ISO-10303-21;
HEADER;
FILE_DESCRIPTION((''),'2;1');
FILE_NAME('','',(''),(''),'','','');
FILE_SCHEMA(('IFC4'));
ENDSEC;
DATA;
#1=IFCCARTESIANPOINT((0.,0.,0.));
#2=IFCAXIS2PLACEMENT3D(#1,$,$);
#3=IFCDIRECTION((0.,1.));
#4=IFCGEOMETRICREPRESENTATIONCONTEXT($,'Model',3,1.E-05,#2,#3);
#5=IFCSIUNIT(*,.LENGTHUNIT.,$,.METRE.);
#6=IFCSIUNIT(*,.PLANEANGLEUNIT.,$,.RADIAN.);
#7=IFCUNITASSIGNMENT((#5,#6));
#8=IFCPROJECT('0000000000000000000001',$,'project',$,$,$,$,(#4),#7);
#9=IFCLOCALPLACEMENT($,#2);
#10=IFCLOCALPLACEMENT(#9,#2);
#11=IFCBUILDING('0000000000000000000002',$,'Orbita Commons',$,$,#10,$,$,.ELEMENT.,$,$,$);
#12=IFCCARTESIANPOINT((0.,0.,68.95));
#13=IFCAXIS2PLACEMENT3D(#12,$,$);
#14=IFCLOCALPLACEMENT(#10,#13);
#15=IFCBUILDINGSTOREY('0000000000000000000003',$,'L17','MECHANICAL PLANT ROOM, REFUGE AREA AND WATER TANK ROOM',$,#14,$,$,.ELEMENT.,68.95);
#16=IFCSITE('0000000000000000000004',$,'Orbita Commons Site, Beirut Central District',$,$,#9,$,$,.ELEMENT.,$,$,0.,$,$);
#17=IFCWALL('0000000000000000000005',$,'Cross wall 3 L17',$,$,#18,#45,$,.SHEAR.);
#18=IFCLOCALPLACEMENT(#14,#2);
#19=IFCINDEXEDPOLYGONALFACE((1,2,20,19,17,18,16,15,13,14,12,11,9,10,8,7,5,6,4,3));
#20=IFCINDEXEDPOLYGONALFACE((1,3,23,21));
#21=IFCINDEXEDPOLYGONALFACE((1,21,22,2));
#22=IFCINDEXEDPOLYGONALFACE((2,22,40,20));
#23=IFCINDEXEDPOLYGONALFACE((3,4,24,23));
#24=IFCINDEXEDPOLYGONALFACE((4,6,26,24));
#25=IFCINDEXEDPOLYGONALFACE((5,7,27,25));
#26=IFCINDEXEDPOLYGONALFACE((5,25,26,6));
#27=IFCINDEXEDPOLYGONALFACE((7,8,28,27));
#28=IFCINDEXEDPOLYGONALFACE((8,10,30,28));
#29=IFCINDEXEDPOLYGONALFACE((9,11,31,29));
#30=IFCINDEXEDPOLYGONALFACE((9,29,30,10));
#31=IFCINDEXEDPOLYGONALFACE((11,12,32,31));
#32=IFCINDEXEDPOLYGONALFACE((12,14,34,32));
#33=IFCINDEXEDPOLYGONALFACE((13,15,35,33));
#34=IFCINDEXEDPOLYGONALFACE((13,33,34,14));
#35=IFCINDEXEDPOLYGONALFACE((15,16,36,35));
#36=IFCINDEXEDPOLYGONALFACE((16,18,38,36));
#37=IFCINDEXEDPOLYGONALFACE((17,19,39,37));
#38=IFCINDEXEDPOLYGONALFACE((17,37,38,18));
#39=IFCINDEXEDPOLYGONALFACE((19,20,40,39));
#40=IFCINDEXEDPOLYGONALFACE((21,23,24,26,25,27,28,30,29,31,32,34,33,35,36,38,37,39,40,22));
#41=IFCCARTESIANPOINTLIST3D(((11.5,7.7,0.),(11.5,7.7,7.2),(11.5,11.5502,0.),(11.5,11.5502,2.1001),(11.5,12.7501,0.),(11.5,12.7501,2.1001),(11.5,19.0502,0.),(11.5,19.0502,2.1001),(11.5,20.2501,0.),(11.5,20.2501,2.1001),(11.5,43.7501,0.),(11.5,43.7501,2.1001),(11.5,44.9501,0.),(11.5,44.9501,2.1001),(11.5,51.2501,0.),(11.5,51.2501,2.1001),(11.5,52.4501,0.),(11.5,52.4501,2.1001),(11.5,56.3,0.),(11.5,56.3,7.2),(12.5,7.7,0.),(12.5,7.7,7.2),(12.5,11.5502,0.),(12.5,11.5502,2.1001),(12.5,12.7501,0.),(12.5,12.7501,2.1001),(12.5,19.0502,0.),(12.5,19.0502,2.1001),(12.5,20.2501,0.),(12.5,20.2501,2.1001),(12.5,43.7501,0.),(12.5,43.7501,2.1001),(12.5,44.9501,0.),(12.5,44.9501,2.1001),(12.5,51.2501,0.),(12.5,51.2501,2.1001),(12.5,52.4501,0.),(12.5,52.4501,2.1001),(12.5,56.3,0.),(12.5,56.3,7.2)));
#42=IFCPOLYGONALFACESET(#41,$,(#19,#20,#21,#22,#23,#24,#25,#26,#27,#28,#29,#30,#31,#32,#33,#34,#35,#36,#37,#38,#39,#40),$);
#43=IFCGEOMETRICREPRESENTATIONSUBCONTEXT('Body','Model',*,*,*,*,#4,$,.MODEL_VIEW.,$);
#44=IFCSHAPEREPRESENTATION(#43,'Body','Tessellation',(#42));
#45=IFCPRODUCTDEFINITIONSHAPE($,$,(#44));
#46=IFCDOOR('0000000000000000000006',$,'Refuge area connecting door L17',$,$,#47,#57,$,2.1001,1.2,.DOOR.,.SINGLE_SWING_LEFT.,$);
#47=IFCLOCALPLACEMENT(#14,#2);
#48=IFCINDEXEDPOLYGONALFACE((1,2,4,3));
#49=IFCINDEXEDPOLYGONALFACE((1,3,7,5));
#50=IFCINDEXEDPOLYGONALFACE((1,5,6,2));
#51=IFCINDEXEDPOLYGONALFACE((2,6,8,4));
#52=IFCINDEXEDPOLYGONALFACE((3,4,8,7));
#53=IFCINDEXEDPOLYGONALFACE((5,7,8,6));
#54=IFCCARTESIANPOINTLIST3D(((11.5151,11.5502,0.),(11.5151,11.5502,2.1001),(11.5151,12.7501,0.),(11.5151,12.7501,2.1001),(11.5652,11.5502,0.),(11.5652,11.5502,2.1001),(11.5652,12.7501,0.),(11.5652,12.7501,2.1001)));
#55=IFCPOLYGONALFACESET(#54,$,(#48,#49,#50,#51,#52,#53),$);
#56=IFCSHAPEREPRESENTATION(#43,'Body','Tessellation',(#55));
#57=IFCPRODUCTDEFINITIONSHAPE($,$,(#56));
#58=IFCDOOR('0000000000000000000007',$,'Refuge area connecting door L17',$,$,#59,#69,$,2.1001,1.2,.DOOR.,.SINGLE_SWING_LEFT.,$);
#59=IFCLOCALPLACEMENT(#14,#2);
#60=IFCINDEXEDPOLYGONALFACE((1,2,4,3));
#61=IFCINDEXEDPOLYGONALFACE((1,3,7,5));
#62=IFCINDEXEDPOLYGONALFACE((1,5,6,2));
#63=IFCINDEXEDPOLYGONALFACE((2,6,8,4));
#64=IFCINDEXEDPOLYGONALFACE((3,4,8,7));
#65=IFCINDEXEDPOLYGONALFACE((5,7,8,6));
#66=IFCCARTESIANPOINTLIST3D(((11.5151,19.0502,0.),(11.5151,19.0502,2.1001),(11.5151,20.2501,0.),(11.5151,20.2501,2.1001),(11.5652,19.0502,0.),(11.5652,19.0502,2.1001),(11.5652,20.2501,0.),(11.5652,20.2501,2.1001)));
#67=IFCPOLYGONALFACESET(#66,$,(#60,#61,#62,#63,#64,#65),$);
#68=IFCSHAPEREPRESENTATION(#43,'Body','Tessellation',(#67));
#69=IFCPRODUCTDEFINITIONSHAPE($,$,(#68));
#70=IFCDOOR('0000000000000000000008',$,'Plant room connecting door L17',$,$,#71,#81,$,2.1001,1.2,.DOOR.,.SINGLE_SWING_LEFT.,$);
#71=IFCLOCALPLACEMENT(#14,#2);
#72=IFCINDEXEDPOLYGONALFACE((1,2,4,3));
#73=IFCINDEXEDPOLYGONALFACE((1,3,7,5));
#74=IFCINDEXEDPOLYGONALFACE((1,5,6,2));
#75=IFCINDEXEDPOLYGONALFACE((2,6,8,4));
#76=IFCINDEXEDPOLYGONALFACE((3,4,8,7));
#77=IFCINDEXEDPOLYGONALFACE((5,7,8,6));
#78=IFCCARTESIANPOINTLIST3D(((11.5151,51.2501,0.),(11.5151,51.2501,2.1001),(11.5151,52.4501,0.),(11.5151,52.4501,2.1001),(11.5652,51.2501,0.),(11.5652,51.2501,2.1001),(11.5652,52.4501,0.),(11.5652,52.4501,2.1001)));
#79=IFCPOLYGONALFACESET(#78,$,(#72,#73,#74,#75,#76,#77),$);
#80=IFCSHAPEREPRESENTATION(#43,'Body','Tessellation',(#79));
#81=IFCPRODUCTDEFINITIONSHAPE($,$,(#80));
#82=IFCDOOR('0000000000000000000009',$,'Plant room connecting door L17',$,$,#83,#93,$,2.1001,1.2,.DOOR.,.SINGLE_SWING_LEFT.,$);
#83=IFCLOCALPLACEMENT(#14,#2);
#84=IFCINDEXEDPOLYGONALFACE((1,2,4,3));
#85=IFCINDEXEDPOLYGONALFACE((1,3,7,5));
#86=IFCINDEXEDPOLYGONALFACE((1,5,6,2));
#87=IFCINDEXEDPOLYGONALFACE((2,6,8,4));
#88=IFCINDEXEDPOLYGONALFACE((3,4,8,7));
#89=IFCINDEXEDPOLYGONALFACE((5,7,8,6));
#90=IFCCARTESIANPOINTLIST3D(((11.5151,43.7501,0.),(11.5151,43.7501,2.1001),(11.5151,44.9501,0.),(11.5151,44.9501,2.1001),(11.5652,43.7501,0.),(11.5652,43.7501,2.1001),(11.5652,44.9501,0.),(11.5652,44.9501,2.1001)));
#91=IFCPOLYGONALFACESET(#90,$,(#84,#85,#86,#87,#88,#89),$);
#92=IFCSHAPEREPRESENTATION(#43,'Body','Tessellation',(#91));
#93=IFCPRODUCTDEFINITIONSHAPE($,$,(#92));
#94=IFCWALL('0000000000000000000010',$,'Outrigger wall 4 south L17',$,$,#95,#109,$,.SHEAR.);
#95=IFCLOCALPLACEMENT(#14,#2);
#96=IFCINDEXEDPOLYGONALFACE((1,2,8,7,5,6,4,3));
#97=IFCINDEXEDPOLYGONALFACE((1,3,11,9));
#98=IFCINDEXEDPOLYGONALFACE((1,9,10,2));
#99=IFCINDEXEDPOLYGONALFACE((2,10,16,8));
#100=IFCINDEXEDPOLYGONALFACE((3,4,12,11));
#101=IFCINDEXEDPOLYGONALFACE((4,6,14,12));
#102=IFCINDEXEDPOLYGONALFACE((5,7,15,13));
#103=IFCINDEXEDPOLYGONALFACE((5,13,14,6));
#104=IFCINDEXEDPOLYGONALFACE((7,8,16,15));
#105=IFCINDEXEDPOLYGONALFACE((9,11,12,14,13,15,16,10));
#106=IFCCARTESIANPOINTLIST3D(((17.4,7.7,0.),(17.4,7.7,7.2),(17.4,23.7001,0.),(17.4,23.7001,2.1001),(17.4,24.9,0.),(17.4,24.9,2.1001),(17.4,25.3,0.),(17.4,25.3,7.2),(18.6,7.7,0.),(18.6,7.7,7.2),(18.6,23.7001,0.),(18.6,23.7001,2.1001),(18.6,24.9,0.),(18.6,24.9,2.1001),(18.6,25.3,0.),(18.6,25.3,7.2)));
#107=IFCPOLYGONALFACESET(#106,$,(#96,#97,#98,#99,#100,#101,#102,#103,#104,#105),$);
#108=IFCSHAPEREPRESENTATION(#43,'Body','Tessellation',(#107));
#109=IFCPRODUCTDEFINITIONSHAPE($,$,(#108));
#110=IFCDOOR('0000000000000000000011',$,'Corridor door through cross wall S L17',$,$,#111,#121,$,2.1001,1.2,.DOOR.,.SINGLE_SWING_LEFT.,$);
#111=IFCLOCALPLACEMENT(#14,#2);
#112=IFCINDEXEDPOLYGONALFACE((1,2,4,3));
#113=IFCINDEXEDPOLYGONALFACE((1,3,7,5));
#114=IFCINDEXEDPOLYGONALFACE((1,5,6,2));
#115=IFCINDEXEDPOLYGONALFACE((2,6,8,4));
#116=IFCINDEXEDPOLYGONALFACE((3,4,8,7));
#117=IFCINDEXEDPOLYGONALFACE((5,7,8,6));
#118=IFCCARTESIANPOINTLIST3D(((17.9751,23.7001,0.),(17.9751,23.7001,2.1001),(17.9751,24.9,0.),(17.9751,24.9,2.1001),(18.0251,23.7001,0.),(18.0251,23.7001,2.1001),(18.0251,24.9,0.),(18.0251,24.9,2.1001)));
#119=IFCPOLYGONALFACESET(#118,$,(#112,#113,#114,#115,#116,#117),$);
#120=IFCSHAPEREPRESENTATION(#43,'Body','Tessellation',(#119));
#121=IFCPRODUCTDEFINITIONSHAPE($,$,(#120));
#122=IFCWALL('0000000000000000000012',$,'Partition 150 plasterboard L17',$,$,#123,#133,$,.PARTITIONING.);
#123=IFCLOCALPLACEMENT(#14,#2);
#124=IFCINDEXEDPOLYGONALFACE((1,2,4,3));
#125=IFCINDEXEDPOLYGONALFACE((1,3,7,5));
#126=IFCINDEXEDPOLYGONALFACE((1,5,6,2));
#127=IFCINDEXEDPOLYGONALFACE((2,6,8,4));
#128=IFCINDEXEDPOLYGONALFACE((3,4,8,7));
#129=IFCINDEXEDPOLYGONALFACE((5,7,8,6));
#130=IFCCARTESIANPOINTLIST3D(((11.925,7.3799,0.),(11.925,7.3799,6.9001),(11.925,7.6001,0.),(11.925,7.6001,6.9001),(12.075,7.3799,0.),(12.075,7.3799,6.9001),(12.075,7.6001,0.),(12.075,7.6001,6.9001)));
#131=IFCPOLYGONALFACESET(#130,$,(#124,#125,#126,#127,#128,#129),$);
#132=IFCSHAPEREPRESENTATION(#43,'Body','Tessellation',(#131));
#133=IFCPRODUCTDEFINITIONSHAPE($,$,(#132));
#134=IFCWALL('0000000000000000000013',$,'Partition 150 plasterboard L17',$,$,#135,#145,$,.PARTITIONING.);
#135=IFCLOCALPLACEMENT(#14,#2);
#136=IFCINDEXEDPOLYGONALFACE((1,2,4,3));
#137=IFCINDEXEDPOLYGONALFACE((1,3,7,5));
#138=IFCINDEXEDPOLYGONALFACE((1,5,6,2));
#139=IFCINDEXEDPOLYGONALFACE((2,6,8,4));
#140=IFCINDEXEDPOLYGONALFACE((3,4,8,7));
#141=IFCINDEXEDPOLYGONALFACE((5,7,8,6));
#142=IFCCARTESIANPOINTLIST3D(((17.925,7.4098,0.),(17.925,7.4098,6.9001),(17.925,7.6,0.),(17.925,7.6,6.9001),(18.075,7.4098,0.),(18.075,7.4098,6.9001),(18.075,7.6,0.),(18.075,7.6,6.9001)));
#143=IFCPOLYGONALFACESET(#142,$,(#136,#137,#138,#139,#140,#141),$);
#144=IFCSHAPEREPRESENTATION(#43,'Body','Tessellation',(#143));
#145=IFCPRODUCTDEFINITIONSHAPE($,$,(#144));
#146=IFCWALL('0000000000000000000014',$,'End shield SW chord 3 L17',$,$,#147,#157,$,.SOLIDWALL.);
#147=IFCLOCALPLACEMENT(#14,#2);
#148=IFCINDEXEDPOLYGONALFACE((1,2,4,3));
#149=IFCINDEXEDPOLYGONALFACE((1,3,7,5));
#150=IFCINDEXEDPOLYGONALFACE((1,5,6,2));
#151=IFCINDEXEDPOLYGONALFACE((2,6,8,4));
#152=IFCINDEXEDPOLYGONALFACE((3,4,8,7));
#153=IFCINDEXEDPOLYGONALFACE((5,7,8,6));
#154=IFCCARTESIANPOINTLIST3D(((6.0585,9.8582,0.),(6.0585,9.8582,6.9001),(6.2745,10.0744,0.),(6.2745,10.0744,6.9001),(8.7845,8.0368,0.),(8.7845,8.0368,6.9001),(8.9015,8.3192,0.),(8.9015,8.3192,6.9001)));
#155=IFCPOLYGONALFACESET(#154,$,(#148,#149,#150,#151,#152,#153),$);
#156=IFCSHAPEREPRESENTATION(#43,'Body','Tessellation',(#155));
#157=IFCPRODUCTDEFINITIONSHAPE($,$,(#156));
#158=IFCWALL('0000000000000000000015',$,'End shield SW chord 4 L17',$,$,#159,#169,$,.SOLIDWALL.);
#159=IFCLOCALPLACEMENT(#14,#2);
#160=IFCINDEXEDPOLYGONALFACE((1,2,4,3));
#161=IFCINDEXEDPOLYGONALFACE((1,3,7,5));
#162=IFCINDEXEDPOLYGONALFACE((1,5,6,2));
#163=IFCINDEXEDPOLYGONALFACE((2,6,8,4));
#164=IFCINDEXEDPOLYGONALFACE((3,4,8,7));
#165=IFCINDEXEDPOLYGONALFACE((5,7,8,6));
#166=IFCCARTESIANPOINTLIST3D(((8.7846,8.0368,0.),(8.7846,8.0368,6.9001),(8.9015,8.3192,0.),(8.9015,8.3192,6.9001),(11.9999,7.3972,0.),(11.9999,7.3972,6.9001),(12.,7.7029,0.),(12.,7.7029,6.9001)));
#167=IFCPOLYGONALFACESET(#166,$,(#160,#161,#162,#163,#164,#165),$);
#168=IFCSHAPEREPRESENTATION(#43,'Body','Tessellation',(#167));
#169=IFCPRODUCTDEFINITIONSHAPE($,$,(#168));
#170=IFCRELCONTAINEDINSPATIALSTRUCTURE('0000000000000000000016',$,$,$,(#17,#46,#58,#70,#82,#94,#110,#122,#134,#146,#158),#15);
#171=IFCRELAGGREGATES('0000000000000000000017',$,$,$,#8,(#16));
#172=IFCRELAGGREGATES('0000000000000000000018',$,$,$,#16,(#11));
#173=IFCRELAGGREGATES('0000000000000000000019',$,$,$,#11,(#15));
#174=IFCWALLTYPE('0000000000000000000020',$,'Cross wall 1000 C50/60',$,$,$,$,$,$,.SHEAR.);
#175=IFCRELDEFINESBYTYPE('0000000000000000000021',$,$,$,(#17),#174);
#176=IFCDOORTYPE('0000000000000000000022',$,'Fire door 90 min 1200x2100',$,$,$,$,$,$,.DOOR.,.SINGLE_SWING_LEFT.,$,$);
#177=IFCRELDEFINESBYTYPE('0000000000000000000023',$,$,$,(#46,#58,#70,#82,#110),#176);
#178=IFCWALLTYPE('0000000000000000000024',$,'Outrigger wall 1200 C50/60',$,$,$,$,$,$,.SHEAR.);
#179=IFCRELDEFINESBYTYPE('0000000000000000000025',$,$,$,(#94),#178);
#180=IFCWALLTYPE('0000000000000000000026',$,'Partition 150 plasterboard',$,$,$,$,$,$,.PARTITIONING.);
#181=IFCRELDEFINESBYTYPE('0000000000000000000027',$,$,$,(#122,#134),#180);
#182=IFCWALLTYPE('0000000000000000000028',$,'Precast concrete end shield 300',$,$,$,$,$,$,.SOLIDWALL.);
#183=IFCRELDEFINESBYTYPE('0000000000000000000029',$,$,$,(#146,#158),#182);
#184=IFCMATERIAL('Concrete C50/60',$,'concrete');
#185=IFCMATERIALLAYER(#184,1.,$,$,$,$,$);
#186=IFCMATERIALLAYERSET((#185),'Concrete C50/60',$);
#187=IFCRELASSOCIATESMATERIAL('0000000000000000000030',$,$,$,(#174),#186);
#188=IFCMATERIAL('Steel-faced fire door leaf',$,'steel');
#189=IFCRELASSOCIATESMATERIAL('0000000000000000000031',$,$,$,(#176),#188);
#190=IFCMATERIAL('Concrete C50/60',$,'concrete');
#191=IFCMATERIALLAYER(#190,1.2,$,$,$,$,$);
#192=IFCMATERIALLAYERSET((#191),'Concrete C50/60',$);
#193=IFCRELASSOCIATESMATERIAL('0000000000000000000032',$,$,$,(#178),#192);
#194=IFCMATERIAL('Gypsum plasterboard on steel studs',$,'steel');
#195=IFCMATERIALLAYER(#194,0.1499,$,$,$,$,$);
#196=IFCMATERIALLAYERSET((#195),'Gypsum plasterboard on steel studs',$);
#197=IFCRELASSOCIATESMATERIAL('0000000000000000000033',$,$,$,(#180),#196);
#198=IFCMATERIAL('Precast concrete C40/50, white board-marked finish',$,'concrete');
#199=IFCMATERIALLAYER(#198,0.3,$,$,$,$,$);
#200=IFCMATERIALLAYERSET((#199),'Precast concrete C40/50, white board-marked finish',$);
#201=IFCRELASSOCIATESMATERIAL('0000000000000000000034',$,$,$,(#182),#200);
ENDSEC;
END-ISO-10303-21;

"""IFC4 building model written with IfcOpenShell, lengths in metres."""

from ifc_helpers import new_model, si_unit, direction, frame, frame_2d, origin, place, context, subcontext, project, spatial, polyline, rectangle, outline, extrude, material, layer, layer_set, type_object, element, fill, save


model = new_model("IFC4")

# Units and contexts
model_context = context("Model", 3, precision=1e-05, world=origin(), true_north=direction((0.0, 1.0)))
body_context = subcontext(model_context, "Body", "Model", "MODEL_VIEW")
ifc_project = project(units=[si_unit("LENGTHUNIT", "METRE"), si_unit("PLANEANGLEUNIT", "RADIAN")], contexts=[model_context])

# Site, building, storey
site_placement = place(None, origin())
site = spatial("IfcSite", under=ifc_project, at=site_placement, Name="Orbita Commons Site, Beirut Central District", CompositionType="ELEMENT", RefElevation=0.0)
building_placement = place(site_placement, origin())
building = spatial("IfcBuilding", under=site, at=building_placement, Name="Orbita Commons", CompositionType="ELEMENT")
storey_placement = place(building_placement, frame((0.0, 0.0, 68.95)))
storey = spatial("IfcBuildingStorey", under=building, at=storey_placement, Name="L17", Description="MECHANICAL PLANT ROOM, REFUGE AREA AND WATER TANK ROOM", CompositionType="ELEMENT", Elevation=68.95)

# Wall, openings, doors
ifc_material_1 = material(Name="Concrete C50/60", Category="concrete")
ifc_layer_1 = layer(ifc_material_1, 1.0)
ifc_layer_set_1 = layer_set([ifc_layer_1], Name="Concrete C50/60")
wall_type_1 = type_object("IfcWallType", Name="Cross wall 1000 C50/60", PredefinedType="SHEAR", material=ifc_layer_set_1)
wall_1_placement = place(storey_placement, frame((12.0, 7.7, 0.0), z_axis=(0.0, 0.0, 1.0), x_axis=(0.0, 1.0, 0.0)))
wall_1 = element("IfcWall", 1, at=wall_1_placement, inside=storey, type_object=wall_type_1, Name="Cross wall 3 L17", PredefinedType="SHEAR", context=body_context, shape_type="SweptSolid", body=[
    extrude(rectangle(XDim=48.6001, YDim=1.0, at=frame_2d((24.3, 0.0))), origin(), (0.0, 0.0, 1.0), 7.2),
])
opening_1_placement = place(wall_1_placement, frame((3.8501, 0.0, 0.0)))
opening_1 = element("IfcOpeningElement", 2, at=opening_1_placement, cuts=wall_1, PredefinedType="OPENING", context=body_context, shape_type="SweptSolid", body=[
    extrude(rectangle(XDim=1.2, YDim=2.1001, at=frame_2d((0.6001, 1.05))), frame((0.0, 0.51, 0.0), z_axis=(0.0, -1.0, 0.0), x_axis=(1.0, 0.0, 0.0)), (0.0, 0.0, 1.0), 1.02),
])
opening_2_placement = place(wall_1_placement, frame((11.3501, 0.0, 0.0)))
opening_2 = element("IfcOpeningElement", 3, at=opening_2_placement, cuts=wall_1, PredefinedType="OPENING", context=body_context, shape_type="SweptSolid", body=[
    extrude(rectangle(XDim=1.2, YDim=2.1001, at=frame_2d((0.6001, 1.05))), frame((0.0, 0.51, 0.0), z_axis=(0.0, -1.0, 0.0), x_axis=(1.0, 0.0, 0.0)), (0.0, 0.0, 1.0), 1.02),
])
opening_3_placement = place(wall_1_placement, frame((43.55, 0.0, 0.0)))
opening_3 = element("IfcOpeningElement", 4, at=opening_3_placement, cuts=wall_1, PredefinedType="OPENING", context=body_context, shape_type="SweptSolid", body=[
    extrude(rectangle(XDim=1.2, YDim=2.1001, at=frame_2d((0.6001, 1.05))), frame((0.0, 0.51, 0.0), z_axis=(0.0, -1.0, 0.0), x_axis=(1.0, 0.0, 0.0)), (0.0, 0.0, 1.0), 1.02),
])
opening_4_placement = place(wall_1_placement, frame((36.05, 0.0, 0.0)))
opening_4 = element("IfcOpeningElement", 5, at=opening_4_placement, cuts=wall_1, PredefinedType="OPENING", context=body_context, shape_type="SweptSolid", body=[
    extrude(rectangle(XDim=1.2, YDim=2.1001, at=frame_2d((0.6001, 1.05))), frame((0.0, 0.51, 0.0), z_axis=(0.0, -1.0, 0.0), x_axis=(1.0, 0.0, 0.0)), (0.0, 0.0, 1.0), 1.02),
])
ifc_material_2 = material(Name="Steel-faced fire door leaf", Category="steel")
door_type = type_object("IfcDoorType", Name="Fire door 90 min 1200x2100", OperationType="SINGLE_SWING_LEFT", PredefinedType="DOOR", material=ifc_material_2)
door_1_placement = place(opening_1_placement, origin())
door_1 = element("IfcDoor", 6, at=door_1_placement, inside=storey, type_object=door_type, Name="Refuge area connecting door L17", OperationType="SINGLE_SWING_LEFT", OverallHeight=2.1001, OverallWidth=1.2, PredefinedType="DOOR", context=body_context, shape_type="SweptSolid", body=[
    extrude(rectangle(XDim=1.2, YDim=2.1001, at=frame_2d((0.6001, 1.05))), frame((0.0, 0.4849, 0.0), z_axis=(0.0, -1.0, 0.0), x_axis=(1.0, 0.0, 0.0)), (0.0, 0.0, 1.0), 0.05),
])
fill(opening_1, door_1)
door_2_placement = place(opening_2_placement, origin())
door_2 = element("IfcDoor", 7, at=door_2_placement, inside=storey, type_object=door_type, Name="Refuge area connecting door L17", OperationType="SINGLE_SWING_LEFT", OverallHeight=2.1001, OverallWidth=1.2, PredefinedType="DOOR", context=body_context, shape_type="SweptSolid", body=[
    extrude(rectangle(XDim=1.2, YDim=2.1001, at=frame_2d((0.6001, 1.05))), frame((0.0, 0.4849, 0.0), z_axis=(0.0, -1.0, 0.0), x_axis=(1.0, 0.0, 0.0)), (0.0, 0.0, 1.0), 0.05),
])
fill(opening_2, door_2)
door_3_placement = place(opening_3_placement, origin())
door_3 = element("IfcDoor", 8, at=door_3_placement, inside=storey, type_object=door_type, Name="Plant room connecting door L17", OperationType="SINGLE_SWING_LEFT", OverallHeight=2.1001, OverallWidth=1.2, PredefinedType="DOOR", context=body_context, shape_type="SweptSolid", body=[
    extrude(rectangle(XDim=1.2, YDim=2.1001, at=frame_2d((0.6001, 1.05))), frame((0.0, 0.4849, 0.0), z_axis=(0.0, -1.0, 0.0), x_axis=(1.0, 0.0, 0.0)), (0.0, 0.0, 1.0), 0.05),
])
fill(opening_3, door_3)
door_4_placement = place(opening_4_placement, origin())
door_4 = element("IfcDoor", 9, at=door_4_placement, inside=storey, type_object=door_type, Name="Plant room connecting door L17", OperationType="SINGLE_SWING_LEFT", OverallHeight=2.1001, OverallWidth=1.2, PredefinedType="DOOR", context=body_context, shape_type="SweptSolid", body=[
    extrude(rectangle(XDim=1.2, YDim=2.1001, at=frame_2d((0.6001, 1.05))), frame((0.0, 0.4849, 0.0), z_axis=(0.0, -1.0, 0.0), x_axis=(1.0, 0.0, 0.0)), (0.0, 0.0, 1.0), 0.05),
])
fill(opening_4, door_4)

# Wall, opening, door
ifc_material_3 = material(Name="Concrete C50/60", Category="concrete")
ifc_layer_2 = layer(ifc_material_3, 1.2)
ifc_layer_set_2 = layer_set([ifc_layer_2], Name="Concrete C50/60")
wall_type_2 = type_object("IfcWallType", Name="Outrigger wall 1200 C50/60", PredefinedType="SHEAR", material=ifc_layer_set_2)
wall_2_placement = place(storey_placement, frame((18.0, 7.7, 0.0), z_axis=(0.0, 0.0, 1.0), x_axis=(0.0, 1.0, 0.0)))
wall_2 = element("IfcWall", 10, at=wall_2_placement, inside=storey, type_object=wall_type_2, Name="Outrigger wall 4 south L17", PredefinedType="SHEAR", context=body_context, shape_type="SweptSolid", body=[
    extrude(rectangle(XDim=17.6001, YDim=1.2, at=frame_2d((8.8, 0.0))), origin(), (0.0, 0.0, 1.0), 7.2),
])
opening_5_placement = place(wall_2_placement, frame((16.0, 0.0, 0.0)))
opening_5 = element("IfcOpeningElement", 11, at=opening_5_placement, cuts=wall_2, PredefinedType="OPENING", context=body_context, shape_type="SweptSolid", body=[
    extrude(rectangle(XDim=1.2, YDim=2.1001, at=frame_2d((0.6001, 1.05))), frame((0.0, 0.6099, 0.0), z_axis=(0.0, -1.0, 0.0), x_axis=(1.0, 0.0, 0.0)), (0.0, 0.0, 1.0), 1.22),
])
door_5_placement = place(opening_5_placement, origin())
door_5 = element("IfcDoor", 12, at=door_5_placement, inside=storey, type_object=door_type, Name="Corridor door through cross wall S L17", OperationType="SINGLE_SWING_LEFT", OverallHeight=2.1001, OverallWidth=1.2, PredefinedType="DOOR", context=body_context, shape_type="SweptSolid", body=[
    extrude(rectangle(XDim=1.2, YDim=2.1001, at=frame_2d((0.6001, 1.05))), frame((0.0, 0.0249, 0.0), z_axis=(0.0, -1.0, 0.0), x_axis=(1.0, 0.0, 0.0)), (0.0, 0.0, 1.0), 0.05),
])
fill(opening_5, door_5)

# Walls
ifc_material_4 = material(Name="Gypsum plasterboard on steel studs", Category="steel")
ifc_layer_3 = layer(ifc_material_4, 0.1499)
ifc_layer_set_3 = layer_set([ifc_layer_3], Name="Gypsum plasterboard on steel studs")
wall_type_3 = type_object("IfcWallType", Name="Partition 150 plasterboard", PredefinedType="PARTITIONING", material=ifc_layer_set_3)
wall_3_placement = place(storey_placement, frame((12.0, 7.6001, 0.0), z_axis=(0.0, 0.0, 1.0), x_axis=(0.0, -1.0, 0.0)))
element("IfcWall", 13, at=wall_3_placement, inside=storey, type_object=wall_type_3, Name="Partition 150 plasterboard L17", PredefinedType="PARTITIONING", context=body_context, shape_type="SweptSolid", body=[
    extrude(rectangle(XDim=0.2202, YDim=0.1499, at=frame_2d((0.1101, 0.0))), origin(), (0.0, 0.0, 1.0), 6.9001),
])
wall_4_placement = place(storey_placement, frame((18.0, 7.6001, 0.0), z_axis=(0.0, 0.0, 1.0), x_axis=(0.0, -1.0, 0.0)))
element("IfcWall", 14, at=wall_4_placement, inside=storey, type_object=wall_type_3, Name="Partition 150 plasterboard L17", PredefinedType="PARTITIONING", context=body_context, shape_type="SweptSolid", body=[
    extrude(rectangle(XDim=0.1902, YDim=0.1499, at=frame_2d((0.0952, 0.0))), origin(), (0.0, 0.0, 1.0), 6.9001),
])
ifc_material_5 = material(Name="Precast concrete C40/50, white board-marked finish", Category="concrete")
ifc_layer_4 = layer(ifc_material_5, 0.3)
ifc_layer_set_4 = layer_set([ifc_layer_4], Name="Precast concrete C40/50, white board-marked finish")
wall_type_4 = type_object("IfcWallType", Name="Precast concrete end shield 300", PredefinedType="SOLIDWALL", material=ifc_layer_set_4)
wall_5_placement = place(storey_placement, frame((6.1665, 9.9663, 0.0), z_axis=(0.0, 0.0, 1.0), x_axis=(0.831478, -0.555558, 0.0)))
element("IfcWall", 15, at=wall_5_placement, inside=storey, type_object=wall_type_4, Name="End shield SW chord 3 L17", PredefinedType="SOLIDWALL", context=body_context, shape_type="SweptSolid", body=[
    extrude(outline(polyline([(-0.0298, -0.1499), (3.2488, -0.1499), (3.1892, 0.1499), (0.0298, 0.1499), (-0.0298, -0.1499)])), origin(), (0.0, 0.0, 1.0), 6.9001),
])
wall_6_placement = place(storey_placement, frame((8.843, 8.178, 0.0), z_axis=(0.0, 0.0, 1.0), x_axis=(0.980787, -0.19508, 0.0)))
element("IfcWall", 16, at=wall_6_placement, inside=storey, type_object=wall_type_4, Name="End shield SW chord 4 L17", PredefinedType="SOLIDWALL", context=body_context, shape_type="SweptSolid", body=[
    extrude(outline(polyline([(-0.0298, -0.1499), (3.2485, -0.1499), (3.189, 0.1499), (0.0298, 0.1499), (-0.0298, -0.1499)])), origin(), (0.0, 0.0, 1.0), 6.9001),
])

save(model, "model.ifc")
